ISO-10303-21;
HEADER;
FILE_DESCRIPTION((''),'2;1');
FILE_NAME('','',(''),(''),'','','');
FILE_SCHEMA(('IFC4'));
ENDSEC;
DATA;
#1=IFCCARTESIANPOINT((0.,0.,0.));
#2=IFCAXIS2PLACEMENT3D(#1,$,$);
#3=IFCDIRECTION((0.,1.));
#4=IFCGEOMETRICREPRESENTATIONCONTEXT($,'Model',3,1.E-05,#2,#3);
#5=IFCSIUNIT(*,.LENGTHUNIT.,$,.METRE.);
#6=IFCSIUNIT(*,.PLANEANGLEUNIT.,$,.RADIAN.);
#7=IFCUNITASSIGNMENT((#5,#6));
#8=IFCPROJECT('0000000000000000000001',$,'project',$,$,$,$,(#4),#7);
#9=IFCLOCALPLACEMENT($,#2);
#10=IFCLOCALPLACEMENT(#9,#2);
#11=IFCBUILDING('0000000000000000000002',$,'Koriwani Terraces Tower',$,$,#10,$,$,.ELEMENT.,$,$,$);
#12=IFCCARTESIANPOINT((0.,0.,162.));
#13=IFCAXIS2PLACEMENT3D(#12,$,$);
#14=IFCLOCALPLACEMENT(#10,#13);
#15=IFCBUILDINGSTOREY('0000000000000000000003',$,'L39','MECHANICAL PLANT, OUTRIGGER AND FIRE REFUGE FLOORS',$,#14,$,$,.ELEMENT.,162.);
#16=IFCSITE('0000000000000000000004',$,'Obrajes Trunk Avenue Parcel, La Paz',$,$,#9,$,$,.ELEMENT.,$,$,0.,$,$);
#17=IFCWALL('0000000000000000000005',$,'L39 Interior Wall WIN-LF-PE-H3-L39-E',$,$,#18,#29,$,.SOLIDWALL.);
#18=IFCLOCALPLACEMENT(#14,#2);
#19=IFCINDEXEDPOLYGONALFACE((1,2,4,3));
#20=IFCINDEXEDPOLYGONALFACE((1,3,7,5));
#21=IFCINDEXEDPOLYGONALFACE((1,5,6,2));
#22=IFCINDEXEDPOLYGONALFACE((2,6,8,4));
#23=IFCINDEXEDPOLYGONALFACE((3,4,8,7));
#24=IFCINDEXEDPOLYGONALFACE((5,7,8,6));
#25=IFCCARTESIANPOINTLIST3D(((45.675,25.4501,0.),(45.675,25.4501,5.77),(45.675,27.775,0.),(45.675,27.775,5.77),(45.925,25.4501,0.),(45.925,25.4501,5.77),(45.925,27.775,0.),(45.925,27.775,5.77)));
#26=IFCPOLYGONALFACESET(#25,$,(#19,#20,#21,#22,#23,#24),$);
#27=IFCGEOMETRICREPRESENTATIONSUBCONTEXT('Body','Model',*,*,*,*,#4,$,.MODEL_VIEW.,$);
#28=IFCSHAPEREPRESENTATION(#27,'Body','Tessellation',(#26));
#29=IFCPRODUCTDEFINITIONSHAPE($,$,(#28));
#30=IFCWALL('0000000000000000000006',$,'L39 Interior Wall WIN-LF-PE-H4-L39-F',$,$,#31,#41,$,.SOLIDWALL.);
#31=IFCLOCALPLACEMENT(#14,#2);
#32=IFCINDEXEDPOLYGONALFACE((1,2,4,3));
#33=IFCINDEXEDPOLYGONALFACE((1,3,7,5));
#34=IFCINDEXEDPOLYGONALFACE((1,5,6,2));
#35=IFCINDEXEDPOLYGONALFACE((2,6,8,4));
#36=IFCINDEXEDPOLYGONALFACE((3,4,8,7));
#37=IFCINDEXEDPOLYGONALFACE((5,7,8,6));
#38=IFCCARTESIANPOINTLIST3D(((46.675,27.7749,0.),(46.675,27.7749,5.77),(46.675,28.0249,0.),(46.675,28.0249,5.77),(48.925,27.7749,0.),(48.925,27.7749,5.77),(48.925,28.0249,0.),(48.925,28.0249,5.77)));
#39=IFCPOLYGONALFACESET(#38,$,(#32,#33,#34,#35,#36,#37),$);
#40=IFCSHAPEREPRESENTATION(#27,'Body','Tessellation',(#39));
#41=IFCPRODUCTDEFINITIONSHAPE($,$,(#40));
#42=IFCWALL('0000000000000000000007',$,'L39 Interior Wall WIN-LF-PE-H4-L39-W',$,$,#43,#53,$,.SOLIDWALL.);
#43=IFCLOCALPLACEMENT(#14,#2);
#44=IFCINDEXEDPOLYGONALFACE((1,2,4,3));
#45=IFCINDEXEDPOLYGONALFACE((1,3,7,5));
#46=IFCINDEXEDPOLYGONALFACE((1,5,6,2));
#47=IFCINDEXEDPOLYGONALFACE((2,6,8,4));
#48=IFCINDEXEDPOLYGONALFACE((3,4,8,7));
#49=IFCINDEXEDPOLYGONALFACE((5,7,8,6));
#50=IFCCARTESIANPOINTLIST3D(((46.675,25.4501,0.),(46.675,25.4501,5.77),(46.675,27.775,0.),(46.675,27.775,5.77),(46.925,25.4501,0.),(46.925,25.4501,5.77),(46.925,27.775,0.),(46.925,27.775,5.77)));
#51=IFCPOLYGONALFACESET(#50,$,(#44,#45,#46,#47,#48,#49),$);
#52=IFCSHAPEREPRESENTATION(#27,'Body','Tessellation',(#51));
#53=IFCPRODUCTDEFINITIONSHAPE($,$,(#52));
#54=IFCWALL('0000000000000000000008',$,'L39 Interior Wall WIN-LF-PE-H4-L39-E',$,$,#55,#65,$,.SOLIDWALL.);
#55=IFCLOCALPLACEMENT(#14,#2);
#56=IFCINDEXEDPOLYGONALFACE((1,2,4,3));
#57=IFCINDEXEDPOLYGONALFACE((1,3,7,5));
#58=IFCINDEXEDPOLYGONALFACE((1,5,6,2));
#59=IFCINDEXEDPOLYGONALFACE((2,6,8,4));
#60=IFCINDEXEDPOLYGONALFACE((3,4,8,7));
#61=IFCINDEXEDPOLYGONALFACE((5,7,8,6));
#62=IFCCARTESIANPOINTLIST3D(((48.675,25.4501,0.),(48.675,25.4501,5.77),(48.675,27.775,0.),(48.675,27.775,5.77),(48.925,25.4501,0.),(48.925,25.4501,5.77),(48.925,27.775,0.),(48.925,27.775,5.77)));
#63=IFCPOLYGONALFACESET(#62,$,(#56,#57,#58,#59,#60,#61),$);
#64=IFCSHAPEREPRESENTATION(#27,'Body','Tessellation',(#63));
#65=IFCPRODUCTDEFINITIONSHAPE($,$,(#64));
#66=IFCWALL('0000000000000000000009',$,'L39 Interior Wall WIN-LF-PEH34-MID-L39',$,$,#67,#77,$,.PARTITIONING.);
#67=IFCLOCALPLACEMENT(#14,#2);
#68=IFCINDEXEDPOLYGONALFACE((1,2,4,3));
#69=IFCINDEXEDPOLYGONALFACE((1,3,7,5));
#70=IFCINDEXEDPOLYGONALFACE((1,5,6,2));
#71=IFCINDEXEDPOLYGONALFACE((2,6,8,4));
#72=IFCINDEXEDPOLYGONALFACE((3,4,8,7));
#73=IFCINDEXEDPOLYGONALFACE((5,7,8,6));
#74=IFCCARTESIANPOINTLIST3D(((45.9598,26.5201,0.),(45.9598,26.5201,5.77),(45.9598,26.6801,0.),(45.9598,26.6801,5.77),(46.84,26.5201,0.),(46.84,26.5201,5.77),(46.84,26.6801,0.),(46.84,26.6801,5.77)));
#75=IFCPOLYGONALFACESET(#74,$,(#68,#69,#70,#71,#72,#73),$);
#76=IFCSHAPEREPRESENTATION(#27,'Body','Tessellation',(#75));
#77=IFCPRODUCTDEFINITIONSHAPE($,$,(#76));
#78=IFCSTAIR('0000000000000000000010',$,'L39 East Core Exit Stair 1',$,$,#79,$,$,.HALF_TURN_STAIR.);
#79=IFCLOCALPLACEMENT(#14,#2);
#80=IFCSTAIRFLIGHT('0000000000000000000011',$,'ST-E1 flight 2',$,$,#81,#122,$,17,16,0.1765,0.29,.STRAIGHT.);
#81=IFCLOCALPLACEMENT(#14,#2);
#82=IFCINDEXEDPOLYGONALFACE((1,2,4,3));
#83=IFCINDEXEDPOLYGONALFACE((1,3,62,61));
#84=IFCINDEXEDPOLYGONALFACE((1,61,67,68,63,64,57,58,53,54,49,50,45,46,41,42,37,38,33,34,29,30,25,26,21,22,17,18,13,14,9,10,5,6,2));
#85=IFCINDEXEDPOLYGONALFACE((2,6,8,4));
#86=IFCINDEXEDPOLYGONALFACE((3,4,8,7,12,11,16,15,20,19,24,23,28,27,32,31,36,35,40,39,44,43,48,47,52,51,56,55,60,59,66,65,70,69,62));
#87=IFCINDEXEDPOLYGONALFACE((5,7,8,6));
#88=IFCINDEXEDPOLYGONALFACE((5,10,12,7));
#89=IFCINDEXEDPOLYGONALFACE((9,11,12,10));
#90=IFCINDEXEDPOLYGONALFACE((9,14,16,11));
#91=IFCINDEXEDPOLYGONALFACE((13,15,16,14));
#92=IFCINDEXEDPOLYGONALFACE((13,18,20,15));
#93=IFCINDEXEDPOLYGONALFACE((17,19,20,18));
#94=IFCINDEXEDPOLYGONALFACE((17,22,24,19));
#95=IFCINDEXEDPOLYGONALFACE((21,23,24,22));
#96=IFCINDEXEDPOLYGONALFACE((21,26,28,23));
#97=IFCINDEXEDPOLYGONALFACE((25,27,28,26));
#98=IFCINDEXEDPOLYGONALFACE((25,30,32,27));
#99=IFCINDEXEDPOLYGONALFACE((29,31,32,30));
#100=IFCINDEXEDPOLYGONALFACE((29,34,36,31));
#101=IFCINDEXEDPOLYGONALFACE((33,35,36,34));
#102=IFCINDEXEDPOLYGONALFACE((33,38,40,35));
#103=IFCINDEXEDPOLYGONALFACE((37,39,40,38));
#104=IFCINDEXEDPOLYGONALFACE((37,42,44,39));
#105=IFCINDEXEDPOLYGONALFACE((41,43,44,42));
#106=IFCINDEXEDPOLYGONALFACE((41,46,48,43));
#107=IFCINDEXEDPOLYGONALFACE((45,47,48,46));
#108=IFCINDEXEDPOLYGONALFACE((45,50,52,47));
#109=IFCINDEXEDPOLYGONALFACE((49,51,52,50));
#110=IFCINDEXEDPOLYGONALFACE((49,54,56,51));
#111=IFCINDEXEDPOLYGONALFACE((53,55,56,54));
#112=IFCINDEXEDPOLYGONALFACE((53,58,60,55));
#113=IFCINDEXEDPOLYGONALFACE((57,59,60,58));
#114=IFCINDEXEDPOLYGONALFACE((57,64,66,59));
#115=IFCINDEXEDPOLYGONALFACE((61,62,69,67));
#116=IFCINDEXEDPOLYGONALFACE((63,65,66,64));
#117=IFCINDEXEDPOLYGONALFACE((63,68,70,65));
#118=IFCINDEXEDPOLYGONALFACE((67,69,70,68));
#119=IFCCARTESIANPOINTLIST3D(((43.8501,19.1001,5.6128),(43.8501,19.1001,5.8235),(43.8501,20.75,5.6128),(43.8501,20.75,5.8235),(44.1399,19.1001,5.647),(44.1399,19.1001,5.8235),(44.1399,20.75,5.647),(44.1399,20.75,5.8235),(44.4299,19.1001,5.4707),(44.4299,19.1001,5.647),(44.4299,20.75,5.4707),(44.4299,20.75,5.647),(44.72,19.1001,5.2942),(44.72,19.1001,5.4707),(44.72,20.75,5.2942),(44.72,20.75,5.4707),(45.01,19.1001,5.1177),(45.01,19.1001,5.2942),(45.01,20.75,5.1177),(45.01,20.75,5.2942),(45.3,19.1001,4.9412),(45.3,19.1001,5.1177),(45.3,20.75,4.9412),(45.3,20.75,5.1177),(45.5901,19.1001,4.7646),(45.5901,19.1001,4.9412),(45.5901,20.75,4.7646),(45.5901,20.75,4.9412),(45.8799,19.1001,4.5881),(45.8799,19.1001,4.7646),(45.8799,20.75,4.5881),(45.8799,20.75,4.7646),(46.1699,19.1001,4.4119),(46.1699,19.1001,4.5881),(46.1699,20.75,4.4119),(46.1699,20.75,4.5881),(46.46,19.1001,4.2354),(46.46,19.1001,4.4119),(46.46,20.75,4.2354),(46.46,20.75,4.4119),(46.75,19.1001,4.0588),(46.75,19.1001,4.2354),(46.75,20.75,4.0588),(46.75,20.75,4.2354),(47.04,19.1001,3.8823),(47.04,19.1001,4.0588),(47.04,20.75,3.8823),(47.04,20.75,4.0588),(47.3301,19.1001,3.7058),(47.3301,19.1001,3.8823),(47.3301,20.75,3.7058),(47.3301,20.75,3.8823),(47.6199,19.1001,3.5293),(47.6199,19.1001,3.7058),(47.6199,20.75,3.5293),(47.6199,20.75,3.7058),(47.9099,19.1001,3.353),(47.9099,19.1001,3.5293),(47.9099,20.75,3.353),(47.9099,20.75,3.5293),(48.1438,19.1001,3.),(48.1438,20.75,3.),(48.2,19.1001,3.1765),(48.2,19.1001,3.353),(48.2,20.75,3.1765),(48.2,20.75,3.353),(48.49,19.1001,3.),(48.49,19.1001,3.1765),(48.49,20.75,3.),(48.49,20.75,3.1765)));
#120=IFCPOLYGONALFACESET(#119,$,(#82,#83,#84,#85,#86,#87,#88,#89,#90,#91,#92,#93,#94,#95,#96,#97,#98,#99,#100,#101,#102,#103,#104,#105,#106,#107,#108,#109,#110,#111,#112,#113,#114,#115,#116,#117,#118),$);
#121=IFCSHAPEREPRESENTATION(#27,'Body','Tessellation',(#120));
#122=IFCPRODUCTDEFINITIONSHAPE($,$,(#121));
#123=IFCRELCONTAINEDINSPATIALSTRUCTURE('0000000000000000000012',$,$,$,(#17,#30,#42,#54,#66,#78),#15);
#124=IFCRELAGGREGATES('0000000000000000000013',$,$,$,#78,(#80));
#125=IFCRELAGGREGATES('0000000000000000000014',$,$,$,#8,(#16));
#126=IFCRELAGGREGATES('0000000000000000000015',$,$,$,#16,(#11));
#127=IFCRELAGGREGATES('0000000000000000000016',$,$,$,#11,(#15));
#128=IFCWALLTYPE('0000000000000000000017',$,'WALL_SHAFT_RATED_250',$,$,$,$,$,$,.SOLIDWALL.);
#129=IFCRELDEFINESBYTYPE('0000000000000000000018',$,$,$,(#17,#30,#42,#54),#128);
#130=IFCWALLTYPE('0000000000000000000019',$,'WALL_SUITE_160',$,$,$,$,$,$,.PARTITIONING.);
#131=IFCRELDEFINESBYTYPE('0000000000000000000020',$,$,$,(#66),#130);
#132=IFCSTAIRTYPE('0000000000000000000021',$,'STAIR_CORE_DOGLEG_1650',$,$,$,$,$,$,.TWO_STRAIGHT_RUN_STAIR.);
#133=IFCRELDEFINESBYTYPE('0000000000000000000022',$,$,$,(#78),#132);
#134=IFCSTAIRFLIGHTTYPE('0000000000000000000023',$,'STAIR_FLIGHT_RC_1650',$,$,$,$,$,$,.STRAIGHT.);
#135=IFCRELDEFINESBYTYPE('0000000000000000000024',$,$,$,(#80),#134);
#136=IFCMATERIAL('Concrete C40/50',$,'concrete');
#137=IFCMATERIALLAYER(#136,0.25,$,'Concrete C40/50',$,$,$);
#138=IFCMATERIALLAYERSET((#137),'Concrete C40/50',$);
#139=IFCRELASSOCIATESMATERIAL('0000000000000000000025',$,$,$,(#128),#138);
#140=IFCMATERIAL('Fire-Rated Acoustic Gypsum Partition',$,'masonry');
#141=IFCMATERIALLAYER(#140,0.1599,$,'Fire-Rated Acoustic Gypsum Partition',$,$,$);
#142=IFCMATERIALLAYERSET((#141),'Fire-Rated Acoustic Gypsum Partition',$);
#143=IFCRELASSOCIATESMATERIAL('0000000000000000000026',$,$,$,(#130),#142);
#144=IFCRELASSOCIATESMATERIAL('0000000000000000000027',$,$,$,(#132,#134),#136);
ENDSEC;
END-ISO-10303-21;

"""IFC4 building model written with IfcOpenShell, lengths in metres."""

from ifc_helpers import new_model, si_unit, direction, frame, frame_2d, origin, place, context, subcontext, project, spatial, polyline, rectangle, outline, extrude, material, layer, layer_set, type_object, element, aggregate, save


model = new_model("IFC4")

# Units and contexts
model_context = context("Model", 3, precision=1e-05, world=origin(), true_north=direction((0.0, 1.0)))
body_context = subcontext(model_context, "Body", "Model", "MODEL_VIEW")
ifc_project = project(units=[si_unit("LENGTHUNIT", "METRE"), si_unit("PLANEANGLEUNIT", "RADIAN")], contexts=[model_context])

# Site, building, storey
site_placement = place(None, origin())
site = spatial("IfcSite", under=ifc_project, at=site_placement, Name="Obrajes Trunk Avenue Parcel, La Paz", CompositionType="ELEMENT", RefElevation=0.0)
building_placement = place(site_placement, origin())
building = spatial("IfcBuilding", under=site, at=building_placement, Name="Koriwani Terraces Tower", CompositionType="ELEMENT")
storey_placement = place(building_placement, frame((0.0, 0.0, 162.0)))
storey = spatial("IfcBuildingStorey", under=building, at=storey_placement, Name="L39", Description="MECHANICAL PLANT, OUTRIGGER AND FIRE REFUGE FLOORS", CompositionType="ELEMENT", Elevation=162.0)

# Shared definitions
ifc_material_1 = material(Name="Concrete C40/50", Category="concrete")
ifc_layer_1 = layer(ifc_material_1, 0.25, Name="Concrete C40/50")
ifc_layer_set_1 = layer_set([ifc_layer_1], Name="Concrete C40/50")
wall_type_1 = type_object("IfcWallType", Name="WALL_SHAFT_RATED_250", PredefinedType="SOLIDWALL", material=ifc_layer_set_1)

# Walls
for number, where, z_axis, x_axis, name in (
    (1, (45.8, 25.45, 0.0), (0.0, 0.0, 1.0), (0.0, 1.0, 0.0), "L39 Interior Wall WIN-LF-PE-H3-L39-E"),
):
    element("IfcWall", number, at=place(storey_placement, frame(where, z_axis=z_axis, x_axis=x_axis)), inside=storey, type_object=wall_type_1, Name=name, PredefinedType="SOLIDWALL", context=body_context, shape_type="SweptSolid", body=[
        extrude(rectangle(XDim=2.325, YDim=0.25, at=frame_2d((1.1626, 0.0))), origin(), (0.0, 0.0, 1.0), 5.77),
    ])
wall_1_placement = place(storey_placement, frame((46.675, 27.8999, 0.0), z_axis=(0.0, 0.0, 1.0), x_axis=(1.0, 0.0, 0.0)))
element("IfcWall", 2, at=wall_1_placement, inside=storey, type_object=wall_type_1, Name="L39 Interior Wall WIN-LF-PE-H4-L39-F", PredefinedType="SOLIDWALL", context=body_context, shape_type="SweptSolid", body=[
    extrude(rectangle(XDim=2.25, YDim=0.25, at=frame_2d((1.125, 0.0))), origin(), (0.0, 0.0, 1.0), 5.77),
])
for number, where, z_axis, x_axis, name in (
    (3, (46.8, 25.45, 0.0), (0.0, 0.0, 1.0), (0.0, 1.0, 0.0), "L39 Interior Wall WIN-LF-PE-H4-L39-W"),
    (4, (48.8, 25.45, 0.0), (0.0, 0.0, 1.0), (0.0, 1.0, 0.0), "L39 Interior Wall WIN-LF-PE-H4-L39-E"),
):
    element("IfcWall", number, at=place(storey_placement, frame(where, z_axis=z_axis, x_axis=x_axis)), inside=storey, type_object=wall_type_1, Name=name, PredefinedType="SOLIDWALL", context=body_context, shape_type="SweptSolid", body=[
        extrude(rectangle(XDim=2.325, YDim=0.25, at=frame_2d((1.1626, 0.0))), origin(), (0.0, 0.0, 1.0), 5.77),
    ])
ifc_material_2 = material(Name="Fire-Rated Acoustic Gypsum Partition", Category="masonry")
ifc_layer_2 = layer(ifc_material_2, 0.1599, Name="Fire-Rated Acoustic Gypsum Partition")
ifc_layer_set_2 = layer_set([ifc_layer_2], Name="Fire-Rated Acoustic Gypsum Partition")
wall_type_2 = type_object("IfcWallType", Name="WALL_SUITE_160", PredefinedType="PARTITIONING", material=ifc_layer_set_2)
wall_2_placement = place(storey_placement, frame((45.96, 26.6001, 0.0), z_axis=(0.0, 0.0, 1.0), x_axis=(1.0, 0.0, 0.0)))
element("IfcWall", 5, at=wall_2_placement, inside=storey, type_object=wall_type_2, Name="L39 Interior Wall WIN-LF-PEH34-MID-L39", PredefinedType="PARTITIONING", context=body_context, shape_type="SweptSolid", body=[
    extrude(rectangle(XDim=0.8801, YDim=0.1599, at=frame_2d((0.4399, 0.0))), origin(), (0.0, 0.0, 1.0), 5.77),
])

# Stair, stair flight
stair_type = type_object("IfcStairType", Name="STAIR_CORE_DOGLEG_1650", PredefinedType="TWO_STRAIGHT_RUN_STAIR", material=ifc_material_1)
stair_placement = place(storey_placement, origin())
stair = element("IfcStair", 6, at=stair_placement, inside=storey, type_object=stair_type, Name="L39 East Core Exit Stair 1", PredefinedType="HALF_TURN_STAIR")
stair_flight_type = type_object("IfcStairFlightType", Name="STAIR_FLIGHT_RC_1650", PredefinedType="STRAIGHT", material=ifc_material_1)
stair_flight_placement = place(storey_placement, frame((48.49, 19.925, 3.0), z_axis=(0.0, 0.0, 1.0), x_axis=(-1.0, 0.0, 0.0)))
stair_flight = element("IfcStairFlight", 7, at=stair_flight_placement, type_object=stair_flight_type, Name="ST-E1 flight 2", NumberOfRisers=17, NumberOfTreads=16, PredefinedType="STRAIGHT", RiserHeight=0.1765, TreadLength=0.29, context=body_context, shape_type="SweptSolid", body=[
    extrude(outline(polyline([(0.0, 0.0), (0.0, 0.1765), (0.29, 0.1765), (0.29, 0.353), (0.5801, 0.353), (0.5801, 0.5293), (0.8701, 0.5293), (0.8701, 0.7058), (1.1599, 0.7058), (1.1599, 0.8823), (1.45, 0.8823), (1.45, 1.0588), (1.74, 1.0588), (1.74, 1.2354), (2.03, 1.2354), (2.03, 1.4119), (2.3201, 1.4119), (2.3201, 1.5881), (2.6101, 1.5881), (2.6101, 1.7646), (2.8999, 1.7646), (2.8999, 1.9412), (3.1899, 1.9412), (3.1899, 2.1177), (3.48, 2.1177), (3.48, 2.2942), (3.77, 2.2942), (3.77, 2.4707), (4.0601, 2.4707), (4.0601, 2.647), (4.3501, 2.647), (4.3501, 2.8235), (4.6399, 2.8235), (4.6399, 3.0), (4.6399, 2.6128), (0.3462, 0.0), (0.0, 0.0)])), frame((0.0, 0.825, 0.0), z_axis=(0.0, -1.0, 0.0), x_axis=(1.0, 0.0, 0.0)), (0.0, 0.0, 1.0), 1.6499),
])
aggregate(stair, [stair_flight])

save(model, "model.ifc")
